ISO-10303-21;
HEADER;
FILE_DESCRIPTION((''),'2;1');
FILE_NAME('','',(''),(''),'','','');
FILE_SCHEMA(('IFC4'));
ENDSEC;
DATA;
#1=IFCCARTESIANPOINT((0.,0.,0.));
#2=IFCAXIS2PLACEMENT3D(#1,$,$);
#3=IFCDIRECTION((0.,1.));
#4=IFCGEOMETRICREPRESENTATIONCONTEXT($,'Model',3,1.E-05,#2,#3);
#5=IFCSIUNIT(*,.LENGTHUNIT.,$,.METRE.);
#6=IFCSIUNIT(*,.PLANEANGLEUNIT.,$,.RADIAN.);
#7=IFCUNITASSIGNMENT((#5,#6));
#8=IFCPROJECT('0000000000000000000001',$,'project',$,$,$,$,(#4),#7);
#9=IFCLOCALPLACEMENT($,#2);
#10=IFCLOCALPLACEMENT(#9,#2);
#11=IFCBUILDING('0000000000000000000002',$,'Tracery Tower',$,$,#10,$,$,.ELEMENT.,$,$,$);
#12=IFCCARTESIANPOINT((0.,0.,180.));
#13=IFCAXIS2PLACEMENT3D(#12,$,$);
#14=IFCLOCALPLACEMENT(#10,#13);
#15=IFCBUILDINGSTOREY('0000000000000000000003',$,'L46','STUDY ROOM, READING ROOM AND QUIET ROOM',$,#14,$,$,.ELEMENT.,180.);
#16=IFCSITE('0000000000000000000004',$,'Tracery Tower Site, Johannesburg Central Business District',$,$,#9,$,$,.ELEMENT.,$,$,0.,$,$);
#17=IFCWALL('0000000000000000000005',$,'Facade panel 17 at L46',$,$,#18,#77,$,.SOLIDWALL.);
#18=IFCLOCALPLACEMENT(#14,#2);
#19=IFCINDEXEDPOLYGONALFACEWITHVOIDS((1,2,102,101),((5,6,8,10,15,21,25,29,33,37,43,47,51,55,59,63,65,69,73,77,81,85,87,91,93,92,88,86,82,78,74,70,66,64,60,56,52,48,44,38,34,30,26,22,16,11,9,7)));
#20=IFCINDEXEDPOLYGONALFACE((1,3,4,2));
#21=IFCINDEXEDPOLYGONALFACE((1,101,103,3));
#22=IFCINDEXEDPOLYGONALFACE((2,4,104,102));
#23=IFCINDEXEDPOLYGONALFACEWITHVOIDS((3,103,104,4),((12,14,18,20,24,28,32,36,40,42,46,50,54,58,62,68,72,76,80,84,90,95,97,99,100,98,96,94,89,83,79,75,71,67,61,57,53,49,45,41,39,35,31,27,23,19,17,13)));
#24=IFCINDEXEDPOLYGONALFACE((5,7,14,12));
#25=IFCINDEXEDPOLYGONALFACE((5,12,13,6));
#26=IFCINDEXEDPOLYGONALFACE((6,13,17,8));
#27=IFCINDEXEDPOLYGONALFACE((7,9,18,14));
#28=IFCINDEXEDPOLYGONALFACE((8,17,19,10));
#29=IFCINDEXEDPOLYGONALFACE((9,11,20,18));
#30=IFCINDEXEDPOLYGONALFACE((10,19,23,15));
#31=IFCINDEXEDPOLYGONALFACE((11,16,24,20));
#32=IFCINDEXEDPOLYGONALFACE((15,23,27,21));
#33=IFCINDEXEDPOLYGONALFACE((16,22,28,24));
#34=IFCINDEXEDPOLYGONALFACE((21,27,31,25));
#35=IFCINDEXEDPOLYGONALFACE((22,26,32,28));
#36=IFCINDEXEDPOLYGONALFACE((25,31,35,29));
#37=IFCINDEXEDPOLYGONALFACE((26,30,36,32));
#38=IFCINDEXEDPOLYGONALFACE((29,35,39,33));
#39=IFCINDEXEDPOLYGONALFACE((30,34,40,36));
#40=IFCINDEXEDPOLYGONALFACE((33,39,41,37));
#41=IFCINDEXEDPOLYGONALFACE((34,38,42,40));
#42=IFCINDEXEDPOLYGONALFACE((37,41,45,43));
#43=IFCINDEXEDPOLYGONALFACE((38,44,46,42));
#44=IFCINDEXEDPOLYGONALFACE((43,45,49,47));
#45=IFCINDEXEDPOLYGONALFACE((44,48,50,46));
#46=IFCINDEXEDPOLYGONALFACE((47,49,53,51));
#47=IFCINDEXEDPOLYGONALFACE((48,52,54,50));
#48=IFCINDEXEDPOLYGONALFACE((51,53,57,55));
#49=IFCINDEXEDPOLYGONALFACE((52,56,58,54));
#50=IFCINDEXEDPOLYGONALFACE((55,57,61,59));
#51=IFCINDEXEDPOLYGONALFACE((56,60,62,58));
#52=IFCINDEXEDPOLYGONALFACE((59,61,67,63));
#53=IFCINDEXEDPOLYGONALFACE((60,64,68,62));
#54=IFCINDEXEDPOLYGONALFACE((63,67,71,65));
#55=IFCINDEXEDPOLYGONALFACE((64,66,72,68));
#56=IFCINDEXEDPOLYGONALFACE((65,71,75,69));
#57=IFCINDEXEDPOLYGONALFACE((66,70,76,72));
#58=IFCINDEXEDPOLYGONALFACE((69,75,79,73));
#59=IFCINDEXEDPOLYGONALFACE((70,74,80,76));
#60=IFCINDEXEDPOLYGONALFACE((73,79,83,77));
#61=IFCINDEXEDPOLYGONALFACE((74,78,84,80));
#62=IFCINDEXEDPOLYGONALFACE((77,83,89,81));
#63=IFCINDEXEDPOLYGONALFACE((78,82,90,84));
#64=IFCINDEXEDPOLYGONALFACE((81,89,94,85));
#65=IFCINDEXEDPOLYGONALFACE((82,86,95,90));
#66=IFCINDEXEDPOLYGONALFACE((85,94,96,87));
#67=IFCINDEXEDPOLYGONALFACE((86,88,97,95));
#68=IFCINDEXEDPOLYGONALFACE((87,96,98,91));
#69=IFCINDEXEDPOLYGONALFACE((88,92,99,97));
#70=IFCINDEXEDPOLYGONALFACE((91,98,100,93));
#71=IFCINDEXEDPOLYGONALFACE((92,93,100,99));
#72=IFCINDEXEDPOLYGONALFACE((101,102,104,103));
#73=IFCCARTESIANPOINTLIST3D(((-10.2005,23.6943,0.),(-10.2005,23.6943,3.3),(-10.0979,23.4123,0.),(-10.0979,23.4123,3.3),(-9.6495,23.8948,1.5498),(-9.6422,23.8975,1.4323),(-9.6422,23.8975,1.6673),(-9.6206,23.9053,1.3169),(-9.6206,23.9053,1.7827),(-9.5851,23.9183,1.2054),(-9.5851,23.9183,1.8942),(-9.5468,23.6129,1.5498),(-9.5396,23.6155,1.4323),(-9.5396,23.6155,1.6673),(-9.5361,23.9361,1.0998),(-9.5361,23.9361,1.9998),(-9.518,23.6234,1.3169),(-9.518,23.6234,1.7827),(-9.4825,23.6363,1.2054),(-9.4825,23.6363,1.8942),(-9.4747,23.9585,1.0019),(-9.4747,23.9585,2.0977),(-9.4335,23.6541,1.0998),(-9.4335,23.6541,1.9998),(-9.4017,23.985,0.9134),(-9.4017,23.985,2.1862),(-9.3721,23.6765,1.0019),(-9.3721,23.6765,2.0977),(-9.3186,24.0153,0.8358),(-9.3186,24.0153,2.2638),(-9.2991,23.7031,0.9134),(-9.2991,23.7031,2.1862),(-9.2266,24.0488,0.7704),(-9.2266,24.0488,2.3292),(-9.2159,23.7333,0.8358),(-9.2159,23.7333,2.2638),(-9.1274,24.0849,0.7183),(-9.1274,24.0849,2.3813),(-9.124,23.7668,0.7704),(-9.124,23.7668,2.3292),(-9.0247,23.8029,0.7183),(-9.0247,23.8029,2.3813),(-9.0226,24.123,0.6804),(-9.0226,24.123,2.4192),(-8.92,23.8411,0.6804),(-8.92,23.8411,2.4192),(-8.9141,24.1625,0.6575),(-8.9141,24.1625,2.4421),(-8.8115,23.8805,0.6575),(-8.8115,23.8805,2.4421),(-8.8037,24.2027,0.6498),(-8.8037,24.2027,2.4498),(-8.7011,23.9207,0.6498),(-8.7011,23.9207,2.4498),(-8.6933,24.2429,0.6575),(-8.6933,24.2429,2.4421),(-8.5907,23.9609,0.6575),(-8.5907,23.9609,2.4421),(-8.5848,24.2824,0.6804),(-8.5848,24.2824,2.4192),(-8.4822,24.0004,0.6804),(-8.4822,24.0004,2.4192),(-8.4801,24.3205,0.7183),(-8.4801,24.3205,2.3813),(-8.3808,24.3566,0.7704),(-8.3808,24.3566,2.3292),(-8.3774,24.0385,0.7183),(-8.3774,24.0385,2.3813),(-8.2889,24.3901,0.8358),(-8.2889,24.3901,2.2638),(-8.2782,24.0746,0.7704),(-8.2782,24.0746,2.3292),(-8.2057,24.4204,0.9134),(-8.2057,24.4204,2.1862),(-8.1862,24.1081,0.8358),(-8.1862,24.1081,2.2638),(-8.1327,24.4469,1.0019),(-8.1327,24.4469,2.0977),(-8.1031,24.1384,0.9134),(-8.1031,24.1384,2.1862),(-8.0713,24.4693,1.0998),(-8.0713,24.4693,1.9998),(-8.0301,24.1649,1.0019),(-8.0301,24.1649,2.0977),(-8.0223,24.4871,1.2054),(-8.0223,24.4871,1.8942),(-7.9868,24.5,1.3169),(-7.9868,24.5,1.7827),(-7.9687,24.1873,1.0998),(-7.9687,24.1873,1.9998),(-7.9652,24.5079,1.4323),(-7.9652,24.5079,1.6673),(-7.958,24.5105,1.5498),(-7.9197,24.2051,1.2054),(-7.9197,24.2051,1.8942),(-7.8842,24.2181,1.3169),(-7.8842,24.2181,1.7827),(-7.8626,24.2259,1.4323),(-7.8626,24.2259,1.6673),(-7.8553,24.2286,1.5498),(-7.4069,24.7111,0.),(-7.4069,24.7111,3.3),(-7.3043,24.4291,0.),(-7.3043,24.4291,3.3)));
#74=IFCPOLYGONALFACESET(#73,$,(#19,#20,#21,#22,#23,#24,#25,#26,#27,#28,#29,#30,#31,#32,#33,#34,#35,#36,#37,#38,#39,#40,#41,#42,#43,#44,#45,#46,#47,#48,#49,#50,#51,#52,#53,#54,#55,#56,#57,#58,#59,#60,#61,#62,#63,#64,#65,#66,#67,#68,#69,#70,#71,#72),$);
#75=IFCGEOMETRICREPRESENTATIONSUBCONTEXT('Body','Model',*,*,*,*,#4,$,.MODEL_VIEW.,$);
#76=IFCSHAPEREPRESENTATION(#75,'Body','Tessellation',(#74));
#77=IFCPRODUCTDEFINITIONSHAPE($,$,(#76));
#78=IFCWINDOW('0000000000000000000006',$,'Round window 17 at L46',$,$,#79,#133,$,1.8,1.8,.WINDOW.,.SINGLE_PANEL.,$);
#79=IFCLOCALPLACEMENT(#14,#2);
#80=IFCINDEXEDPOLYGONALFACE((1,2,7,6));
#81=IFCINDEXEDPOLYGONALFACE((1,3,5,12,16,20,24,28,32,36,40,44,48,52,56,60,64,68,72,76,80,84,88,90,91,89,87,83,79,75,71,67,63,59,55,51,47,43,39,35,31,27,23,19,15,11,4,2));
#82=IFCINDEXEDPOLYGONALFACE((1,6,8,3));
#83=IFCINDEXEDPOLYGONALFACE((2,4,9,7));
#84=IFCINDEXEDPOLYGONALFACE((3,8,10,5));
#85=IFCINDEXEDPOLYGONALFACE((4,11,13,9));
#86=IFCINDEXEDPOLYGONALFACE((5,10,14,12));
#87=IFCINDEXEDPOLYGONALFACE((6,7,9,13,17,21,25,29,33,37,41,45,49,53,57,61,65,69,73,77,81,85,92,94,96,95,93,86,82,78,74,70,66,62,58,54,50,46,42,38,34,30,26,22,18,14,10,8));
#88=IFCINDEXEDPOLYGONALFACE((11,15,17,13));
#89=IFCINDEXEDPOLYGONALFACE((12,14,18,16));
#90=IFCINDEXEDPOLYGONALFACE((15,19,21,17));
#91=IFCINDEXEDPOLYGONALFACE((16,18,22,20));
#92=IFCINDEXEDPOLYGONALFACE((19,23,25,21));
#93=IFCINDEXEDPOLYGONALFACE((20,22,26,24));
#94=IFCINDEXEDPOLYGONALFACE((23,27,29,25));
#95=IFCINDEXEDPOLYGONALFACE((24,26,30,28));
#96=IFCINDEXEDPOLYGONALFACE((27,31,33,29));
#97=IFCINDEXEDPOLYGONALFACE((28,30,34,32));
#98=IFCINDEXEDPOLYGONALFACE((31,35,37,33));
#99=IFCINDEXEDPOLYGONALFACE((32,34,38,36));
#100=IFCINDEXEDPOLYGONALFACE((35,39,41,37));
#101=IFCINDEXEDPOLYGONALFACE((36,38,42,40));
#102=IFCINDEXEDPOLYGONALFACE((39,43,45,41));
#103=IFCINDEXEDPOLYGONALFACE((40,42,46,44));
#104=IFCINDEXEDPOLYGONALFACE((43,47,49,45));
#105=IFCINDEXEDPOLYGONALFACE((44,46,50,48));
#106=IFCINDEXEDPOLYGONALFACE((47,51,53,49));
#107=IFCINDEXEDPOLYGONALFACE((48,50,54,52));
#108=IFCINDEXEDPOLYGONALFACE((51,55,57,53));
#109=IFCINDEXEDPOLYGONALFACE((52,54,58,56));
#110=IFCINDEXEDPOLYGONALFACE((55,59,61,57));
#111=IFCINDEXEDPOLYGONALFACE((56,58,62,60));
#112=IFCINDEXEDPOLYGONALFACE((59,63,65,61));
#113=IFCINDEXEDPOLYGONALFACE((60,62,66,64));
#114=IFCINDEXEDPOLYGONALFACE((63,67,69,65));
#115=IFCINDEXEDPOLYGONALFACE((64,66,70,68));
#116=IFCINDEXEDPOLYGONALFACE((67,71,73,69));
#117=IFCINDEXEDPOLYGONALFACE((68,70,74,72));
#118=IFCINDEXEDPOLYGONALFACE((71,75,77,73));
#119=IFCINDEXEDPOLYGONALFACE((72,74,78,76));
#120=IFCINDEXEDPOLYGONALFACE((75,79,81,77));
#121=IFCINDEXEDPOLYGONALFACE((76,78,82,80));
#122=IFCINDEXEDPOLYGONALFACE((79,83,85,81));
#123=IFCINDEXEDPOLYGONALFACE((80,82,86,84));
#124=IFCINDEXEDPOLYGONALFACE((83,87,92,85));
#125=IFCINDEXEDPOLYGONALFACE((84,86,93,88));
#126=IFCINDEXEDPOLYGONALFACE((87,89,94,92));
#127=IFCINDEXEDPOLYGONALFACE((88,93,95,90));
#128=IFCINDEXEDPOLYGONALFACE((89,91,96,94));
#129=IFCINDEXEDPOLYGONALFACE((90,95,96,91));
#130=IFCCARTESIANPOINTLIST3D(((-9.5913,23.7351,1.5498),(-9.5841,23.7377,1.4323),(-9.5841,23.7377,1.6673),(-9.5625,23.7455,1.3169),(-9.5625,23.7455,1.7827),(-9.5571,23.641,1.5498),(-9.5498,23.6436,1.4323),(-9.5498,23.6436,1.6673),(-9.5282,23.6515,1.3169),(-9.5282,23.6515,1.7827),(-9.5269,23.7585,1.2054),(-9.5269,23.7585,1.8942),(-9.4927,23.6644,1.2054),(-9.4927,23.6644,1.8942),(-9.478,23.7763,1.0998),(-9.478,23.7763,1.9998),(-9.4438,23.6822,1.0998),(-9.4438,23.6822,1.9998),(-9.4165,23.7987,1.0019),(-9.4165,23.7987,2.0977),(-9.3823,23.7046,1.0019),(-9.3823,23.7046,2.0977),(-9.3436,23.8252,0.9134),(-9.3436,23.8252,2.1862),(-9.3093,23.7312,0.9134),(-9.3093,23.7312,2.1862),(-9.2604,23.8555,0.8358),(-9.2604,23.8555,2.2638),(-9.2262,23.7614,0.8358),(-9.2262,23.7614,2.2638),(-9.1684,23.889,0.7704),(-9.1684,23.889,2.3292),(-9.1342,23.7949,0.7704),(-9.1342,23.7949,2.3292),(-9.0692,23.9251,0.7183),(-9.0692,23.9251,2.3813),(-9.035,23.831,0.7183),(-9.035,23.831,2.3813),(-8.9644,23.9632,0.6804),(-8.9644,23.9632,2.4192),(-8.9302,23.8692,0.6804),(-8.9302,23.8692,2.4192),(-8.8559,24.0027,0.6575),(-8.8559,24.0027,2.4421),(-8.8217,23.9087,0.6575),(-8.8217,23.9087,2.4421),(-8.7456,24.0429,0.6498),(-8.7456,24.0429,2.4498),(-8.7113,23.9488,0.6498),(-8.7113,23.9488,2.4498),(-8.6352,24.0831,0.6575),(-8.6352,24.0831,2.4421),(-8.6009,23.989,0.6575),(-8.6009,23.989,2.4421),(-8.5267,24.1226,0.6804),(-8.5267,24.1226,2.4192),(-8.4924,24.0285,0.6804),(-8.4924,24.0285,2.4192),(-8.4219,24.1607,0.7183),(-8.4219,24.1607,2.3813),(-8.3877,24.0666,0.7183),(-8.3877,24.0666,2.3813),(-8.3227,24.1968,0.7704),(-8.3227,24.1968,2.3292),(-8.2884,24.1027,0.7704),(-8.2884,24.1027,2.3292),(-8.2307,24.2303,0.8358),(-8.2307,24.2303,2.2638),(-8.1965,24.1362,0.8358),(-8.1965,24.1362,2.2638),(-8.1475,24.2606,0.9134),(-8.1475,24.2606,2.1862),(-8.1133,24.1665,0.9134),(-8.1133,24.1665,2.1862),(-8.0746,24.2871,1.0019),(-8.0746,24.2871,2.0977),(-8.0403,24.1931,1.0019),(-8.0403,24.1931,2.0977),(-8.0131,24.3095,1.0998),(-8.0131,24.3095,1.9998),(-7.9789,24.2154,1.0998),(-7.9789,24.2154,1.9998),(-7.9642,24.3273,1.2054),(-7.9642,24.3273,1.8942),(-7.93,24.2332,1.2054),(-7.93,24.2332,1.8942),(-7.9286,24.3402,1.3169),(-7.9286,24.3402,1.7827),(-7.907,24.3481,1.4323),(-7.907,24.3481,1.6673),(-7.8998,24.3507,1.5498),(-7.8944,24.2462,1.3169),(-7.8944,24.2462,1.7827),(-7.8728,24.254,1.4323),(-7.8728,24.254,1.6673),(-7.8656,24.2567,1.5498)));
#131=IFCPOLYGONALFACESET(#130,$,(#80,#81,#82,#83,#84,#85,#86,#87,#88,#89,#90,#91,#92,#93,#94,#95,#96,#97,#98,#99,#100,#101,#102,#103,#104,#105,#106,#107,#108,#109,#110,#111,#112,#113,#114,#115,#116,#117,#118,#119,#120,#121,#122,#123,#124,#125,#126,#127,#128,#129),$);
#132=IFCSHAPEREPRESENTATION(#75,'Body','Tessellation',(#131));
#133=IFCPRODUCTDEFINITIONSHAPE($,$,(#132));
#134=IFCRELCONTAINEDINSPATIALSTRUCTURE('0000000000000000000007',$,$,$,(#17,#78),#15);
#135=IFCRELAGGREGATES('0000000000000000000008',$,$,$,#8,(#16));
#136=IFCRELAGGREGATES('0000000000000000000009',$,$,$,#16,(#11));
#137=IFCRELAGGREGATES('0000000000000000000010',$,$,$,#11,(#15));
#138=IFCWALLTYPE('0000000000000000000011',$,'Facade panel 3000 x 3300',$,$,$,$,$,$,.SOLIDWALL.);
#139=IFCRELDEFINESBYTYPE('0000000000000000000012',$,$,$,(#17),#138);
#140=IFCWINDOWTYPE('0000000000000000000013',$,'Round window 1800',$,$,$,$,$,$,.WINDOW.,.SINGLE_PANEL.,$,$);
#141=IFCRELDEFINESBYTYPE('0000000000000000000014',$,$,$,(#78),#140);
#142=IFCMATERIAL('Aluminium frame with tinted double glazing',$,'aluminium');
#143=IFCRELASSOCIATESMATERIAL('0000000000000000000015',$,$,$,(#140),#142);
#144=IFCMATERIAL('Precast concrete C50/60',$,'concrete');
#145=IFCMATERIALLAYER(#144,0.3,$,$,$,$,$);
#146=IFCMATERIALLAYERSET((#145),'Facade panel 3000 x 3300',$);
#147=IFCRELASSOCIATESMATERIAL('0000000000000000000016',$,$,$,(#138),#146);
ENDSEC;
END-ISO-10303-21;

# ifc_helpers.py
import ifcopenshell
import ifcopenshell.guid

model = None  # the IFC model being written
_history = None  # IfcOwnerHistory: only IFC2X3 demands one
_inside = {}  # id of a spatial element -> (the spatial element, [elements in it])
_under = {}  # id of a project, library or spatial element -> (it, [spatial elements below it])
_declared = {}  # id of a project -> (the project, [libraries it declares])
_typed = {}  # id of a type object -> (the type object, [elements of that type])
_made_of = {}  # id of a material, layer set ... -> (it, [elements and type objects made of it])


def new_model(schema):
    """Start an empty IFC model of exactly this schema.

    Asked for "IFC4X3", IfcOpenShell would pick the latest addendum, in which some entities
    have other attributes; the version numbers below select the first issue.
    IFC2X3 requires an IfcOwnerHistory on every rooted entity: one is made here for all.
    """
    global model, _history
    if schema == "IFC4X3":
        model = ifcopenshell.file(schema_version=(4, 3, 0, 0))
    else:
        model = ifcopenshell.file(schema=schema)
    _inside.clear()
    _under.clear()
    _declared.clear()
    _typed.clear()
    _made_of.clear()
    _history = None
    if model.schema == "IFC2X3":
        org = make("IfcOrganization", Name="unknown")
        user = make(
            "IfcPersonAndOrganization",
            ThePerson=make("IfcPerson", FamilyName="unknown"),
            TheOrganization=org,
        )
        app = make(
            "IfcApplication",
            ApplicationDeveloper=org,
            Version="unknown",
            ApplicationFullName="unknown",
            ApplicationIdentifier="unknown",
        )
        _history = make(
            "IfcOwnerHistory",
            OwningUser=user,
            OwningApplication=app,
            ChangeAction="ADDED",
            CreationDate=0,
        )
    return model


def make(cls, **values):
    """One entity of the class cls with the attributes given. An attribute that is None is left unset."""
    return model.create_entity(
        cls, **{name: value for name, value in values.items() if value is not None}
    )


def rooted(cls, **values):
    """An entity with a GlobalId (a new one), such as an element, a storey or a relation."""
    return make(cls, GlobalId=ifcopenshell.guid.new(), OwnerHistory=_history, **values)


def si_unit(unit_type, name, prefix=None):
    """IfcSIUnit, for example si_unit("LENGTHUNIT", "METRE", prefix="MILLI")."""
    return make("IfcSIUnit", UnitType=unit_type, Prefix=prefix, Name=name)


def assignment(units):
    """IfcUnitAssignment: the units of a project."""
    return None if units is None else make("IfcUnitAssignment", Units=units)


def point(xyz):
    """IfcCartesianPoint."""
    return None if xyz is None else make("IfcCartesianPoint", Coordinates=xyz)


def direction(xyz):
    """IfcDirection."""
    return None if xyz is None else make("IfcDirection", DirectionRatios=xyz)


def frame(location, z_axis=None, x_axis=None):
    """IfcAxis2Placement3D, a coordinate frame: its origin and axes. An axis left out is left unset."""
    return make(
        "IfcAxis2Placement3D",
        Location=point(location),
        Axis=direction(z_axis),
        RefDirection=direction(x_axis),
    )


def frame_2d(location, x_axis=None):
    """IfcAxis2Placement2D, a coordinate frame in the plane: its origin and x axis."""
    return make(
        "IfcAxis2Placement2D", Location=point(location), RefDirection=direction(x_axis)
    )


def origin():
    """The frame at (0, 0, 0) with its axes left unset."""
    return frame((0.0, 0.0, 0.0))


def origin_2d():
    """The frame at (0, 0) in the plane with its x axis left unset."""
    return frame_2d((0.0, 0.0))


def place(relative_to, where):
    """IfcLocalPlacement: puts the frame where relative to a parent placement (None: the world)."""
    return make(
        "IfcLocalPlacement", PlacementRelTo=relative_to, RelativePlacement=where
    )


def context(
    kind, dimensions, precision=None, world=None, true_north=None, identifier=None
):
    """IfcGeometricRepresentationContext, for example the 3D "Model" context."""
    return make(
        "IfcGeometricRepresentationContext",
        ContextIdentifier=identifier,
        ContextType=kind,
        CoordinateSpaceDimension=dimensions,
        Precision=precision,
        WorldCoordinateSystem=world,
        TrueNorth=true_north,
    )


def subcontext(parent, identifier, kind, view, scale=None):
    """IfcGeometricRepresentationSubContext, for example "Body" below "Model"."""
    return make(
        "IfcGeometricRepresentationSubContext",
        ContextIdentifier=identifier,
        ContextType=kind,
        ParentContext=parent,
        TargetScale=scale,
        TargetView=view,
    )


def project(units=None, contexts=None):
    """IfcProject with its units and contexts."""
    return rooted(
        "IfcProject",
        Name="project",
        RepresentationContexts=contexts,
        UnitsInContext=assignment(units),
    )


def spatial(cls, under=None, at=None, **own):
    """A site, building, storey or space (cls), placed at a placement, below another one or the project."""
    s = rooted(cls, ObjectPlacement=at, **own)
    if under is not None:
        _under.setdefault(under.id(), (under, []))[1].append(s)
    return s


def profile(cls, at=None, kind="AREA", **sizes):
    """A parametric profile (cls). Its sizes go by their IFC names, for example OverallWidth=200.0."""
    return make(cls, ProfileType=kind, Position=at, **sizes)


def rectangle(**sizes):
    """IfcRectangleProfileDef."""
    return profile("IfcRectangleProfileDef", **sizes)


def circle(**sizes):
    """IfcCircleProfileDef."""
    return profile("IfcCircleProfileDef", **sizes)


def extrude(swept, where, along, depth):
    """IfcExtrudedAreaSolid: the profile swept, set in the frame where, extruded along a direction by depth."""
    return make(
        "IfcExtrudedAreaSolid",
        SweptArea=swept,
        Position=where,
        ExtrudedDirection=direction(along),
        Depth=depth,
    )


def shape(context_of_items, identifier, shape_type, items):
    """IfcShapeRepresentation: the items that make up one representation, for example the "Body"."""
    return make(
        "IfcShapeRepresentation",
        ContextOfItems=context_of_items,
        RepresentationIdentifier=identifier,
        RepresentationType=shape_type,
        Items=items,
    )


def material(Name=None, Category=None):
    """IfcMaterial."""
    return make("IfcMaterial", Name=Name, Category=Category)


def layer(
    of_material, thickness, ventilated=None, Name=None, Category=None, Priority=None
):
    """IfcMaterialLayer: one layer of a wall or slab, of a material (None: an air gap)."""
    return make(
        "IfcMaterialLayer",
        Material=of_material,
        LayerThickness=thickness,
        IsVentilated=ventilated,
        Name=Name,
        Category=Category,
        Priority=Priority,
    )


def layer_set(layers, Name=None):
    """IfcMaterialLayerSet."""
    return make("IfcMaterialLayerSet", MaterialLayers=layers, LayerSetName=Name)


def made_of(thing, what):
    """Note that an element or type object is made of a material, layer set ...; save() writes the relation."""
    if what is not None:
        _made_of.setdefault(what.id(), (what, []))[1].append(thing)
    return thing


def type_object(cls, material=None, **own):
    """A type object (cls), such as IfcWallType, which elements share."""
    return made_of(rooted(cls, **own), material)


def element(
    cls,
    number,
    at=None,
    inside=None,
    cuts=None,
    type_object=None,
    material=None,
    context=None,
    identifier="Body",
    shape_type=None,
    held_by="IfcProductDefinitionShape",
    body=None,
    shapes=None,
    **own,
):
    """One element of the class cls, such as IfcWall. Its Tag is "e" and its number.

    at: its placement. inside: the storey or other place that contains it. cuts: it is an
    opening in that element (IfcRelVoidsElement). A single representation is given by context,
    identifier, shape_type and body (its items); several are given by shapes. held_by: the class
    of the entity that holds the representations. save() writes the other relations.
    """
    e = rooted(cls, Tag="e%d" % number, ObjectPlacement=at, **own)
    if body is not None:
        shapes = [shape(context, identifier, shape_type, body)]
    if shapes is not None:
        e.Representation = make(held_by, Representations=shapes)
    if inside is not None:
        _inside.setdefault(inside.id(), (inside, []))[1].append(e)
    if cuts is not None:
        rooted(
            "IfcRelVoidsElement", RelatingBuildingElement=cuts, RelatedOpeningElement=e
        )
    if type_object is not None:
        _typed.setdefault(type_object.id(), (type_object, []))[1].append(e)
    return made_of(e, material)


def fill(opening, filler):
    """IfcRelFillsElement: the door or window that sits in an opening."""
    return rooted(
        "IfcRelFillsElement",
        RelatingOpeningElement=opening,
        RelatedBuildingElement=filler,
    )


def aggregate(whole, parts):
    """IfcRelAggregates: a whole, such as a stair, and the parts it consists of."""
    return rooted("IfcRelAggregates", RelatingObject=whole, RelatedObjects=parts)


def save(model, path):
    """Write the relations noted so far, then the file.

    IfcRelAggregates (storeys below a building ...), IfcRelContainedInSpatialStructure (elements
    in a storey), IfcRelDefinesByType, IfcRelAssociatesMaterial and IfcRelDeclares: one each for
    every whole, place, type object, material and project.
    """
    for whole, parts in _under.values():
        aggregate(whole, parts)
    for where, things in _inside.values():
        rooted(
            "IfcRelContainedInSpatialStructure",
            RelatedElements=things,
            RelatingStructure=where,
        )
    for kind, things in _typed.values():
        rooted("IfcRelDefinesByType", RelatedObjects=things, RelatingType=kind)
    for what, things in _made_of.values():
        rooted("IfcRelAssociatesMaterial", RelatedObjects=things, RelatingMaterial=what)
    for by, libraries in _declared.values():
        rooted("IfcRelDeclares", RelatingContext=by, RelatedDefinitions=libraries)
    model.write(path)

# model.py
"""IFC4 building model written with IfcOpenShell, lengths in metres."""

from ifc_helpers import new_model, si_unit, direction, frame, frame_2d, origin, origin_2d, place, context, subcontext, project, spatial, rectangle, circle, extrude, material, layer, layer_set, type_object, element, fill, save


model = new_model("IFC4")

# Units and contexts
model_context = context("Model", 3, precision=1e-05, world=origin(), true_north=direction((0.0, 1.0)))
body_context = subcontext(model_context, "Body", "Model", "MODEL_VIEW")
ifc_project = project(units=[si_unit("LENGTHUNIT", "METRE"), si_unit("PLANEANGLEUNIT", "RADIAN")], contexts=[model_context])

# Site, building, storey
site_placement = place(None, origin())
site = spatial("IfcSite", under=ifc_project, at=site_placement, Name="Tracery Tower Site, Johannesburg Central Business District", CompositionType="ELEMENT", RefElevation=0.0)
building_placement = place(site_placement, origin())
building = spatial("IfcBuilding", under=site, at=building_placement, Name="Tracery Tower", CompositionType="ELEMENT")
storey_placement = place(building_placement, frame((0.0, 0.0, 180.0)))
storey = spatial("IfcBuildingStorey", under=building, at=storey_placement, Name="L46", Description="STUDY ROOM, READING ROOM AND QUIET ROOM", CompositionType="ELEMENT", Elevation=180.0)

# Wall, opening, window
ifc_material_1 = material(Name="Aluminium frame with tinted double glazing", Category="aluminium")
window_type = type_object("IfcWindowType", Name="Round window 1800", PartitioningType="SINGLE_PANEL", PredefinedType="WINDOW", material=ifc_material_1)
ifc_material_2 = material(Name="Precast concrete C50/60", Category="concrete")
ifc_layer_1 = layer(ifc_material_2, 0.3)
ifc_layer_set_1 = layer_set([ifc_layer_1], Name="Facade panel 3000 x 3300")
wall_type_1 = type_object("IfcWallType", Name="Facade panel 3000 x 3300", PredefinedType="SOLIDWALL", material=ifc_layer_set_1)
wall_1_placement = place(storey_placement, frame((-7.3557, 24.5701, 0.0), z_axis=(0.0, 0.0, 1.0), x_axis=(-0.93969, -0.342027, 0.0)))
wall_1 = element("IfcWall", 1, at=wall_1_placement, inside=storey, type_object=wall_type_1, Name="Facade panel 17 at L46", PredefinedType="SOLIDWALL", context=body_context, shape_type="SweptSolid", body=[
    extrude(rectangle(XDim=2.9729, YDim=0.3, at=frame_2d((1.4863, 0.0))), origin(), (0.0, 0.0, 1.0), 3.3),
])
opening_1_placement = place(wall_1_placement, frame((1.4863, 0.0, 1.5498)))
opening_1 = element("IfcOpeningElement", 2, at=opening_1_placement, cuts=wall_1, PredefinedType="OPENING", context=body_context, shape_type="SweptSolid", body=[
    extrude(circle(Radius=0.9, at=origin_2d()), frame((0.0, 0.1599, 0.0), z_axis=(0.0, -1.0, 0.0), x_axis=(1.0, 0.0, 0.0)), (0.0, 0.0, 1.0), 0.3201),
])
window_1_placement = place(opening_1_placement, origin())
window_1 = element("IfcWindow", 3, at=window_1_placement, inside=storey, type_object=window_type, Name="Round window 17 at L46", OverallHeight=1.8, OverallWidth=1.8, PartitioningType="SINGLE_PANEL", PredefinedType="WINDOW", context=body_context, shape_type="SweptSolid", body=[
    extrude(circle(Radius=0.9, at=origin_2d()), frame((0.0, 0.1201, 0.0), z_axis=(0.0, -1.0, 0.0), x_axis=(1.0, 0.0, 0.0)), (0.0, 0.0, 1.0), 0.1001),
])
fill(opening_1, window_1)

save(model, "model.ifc")
